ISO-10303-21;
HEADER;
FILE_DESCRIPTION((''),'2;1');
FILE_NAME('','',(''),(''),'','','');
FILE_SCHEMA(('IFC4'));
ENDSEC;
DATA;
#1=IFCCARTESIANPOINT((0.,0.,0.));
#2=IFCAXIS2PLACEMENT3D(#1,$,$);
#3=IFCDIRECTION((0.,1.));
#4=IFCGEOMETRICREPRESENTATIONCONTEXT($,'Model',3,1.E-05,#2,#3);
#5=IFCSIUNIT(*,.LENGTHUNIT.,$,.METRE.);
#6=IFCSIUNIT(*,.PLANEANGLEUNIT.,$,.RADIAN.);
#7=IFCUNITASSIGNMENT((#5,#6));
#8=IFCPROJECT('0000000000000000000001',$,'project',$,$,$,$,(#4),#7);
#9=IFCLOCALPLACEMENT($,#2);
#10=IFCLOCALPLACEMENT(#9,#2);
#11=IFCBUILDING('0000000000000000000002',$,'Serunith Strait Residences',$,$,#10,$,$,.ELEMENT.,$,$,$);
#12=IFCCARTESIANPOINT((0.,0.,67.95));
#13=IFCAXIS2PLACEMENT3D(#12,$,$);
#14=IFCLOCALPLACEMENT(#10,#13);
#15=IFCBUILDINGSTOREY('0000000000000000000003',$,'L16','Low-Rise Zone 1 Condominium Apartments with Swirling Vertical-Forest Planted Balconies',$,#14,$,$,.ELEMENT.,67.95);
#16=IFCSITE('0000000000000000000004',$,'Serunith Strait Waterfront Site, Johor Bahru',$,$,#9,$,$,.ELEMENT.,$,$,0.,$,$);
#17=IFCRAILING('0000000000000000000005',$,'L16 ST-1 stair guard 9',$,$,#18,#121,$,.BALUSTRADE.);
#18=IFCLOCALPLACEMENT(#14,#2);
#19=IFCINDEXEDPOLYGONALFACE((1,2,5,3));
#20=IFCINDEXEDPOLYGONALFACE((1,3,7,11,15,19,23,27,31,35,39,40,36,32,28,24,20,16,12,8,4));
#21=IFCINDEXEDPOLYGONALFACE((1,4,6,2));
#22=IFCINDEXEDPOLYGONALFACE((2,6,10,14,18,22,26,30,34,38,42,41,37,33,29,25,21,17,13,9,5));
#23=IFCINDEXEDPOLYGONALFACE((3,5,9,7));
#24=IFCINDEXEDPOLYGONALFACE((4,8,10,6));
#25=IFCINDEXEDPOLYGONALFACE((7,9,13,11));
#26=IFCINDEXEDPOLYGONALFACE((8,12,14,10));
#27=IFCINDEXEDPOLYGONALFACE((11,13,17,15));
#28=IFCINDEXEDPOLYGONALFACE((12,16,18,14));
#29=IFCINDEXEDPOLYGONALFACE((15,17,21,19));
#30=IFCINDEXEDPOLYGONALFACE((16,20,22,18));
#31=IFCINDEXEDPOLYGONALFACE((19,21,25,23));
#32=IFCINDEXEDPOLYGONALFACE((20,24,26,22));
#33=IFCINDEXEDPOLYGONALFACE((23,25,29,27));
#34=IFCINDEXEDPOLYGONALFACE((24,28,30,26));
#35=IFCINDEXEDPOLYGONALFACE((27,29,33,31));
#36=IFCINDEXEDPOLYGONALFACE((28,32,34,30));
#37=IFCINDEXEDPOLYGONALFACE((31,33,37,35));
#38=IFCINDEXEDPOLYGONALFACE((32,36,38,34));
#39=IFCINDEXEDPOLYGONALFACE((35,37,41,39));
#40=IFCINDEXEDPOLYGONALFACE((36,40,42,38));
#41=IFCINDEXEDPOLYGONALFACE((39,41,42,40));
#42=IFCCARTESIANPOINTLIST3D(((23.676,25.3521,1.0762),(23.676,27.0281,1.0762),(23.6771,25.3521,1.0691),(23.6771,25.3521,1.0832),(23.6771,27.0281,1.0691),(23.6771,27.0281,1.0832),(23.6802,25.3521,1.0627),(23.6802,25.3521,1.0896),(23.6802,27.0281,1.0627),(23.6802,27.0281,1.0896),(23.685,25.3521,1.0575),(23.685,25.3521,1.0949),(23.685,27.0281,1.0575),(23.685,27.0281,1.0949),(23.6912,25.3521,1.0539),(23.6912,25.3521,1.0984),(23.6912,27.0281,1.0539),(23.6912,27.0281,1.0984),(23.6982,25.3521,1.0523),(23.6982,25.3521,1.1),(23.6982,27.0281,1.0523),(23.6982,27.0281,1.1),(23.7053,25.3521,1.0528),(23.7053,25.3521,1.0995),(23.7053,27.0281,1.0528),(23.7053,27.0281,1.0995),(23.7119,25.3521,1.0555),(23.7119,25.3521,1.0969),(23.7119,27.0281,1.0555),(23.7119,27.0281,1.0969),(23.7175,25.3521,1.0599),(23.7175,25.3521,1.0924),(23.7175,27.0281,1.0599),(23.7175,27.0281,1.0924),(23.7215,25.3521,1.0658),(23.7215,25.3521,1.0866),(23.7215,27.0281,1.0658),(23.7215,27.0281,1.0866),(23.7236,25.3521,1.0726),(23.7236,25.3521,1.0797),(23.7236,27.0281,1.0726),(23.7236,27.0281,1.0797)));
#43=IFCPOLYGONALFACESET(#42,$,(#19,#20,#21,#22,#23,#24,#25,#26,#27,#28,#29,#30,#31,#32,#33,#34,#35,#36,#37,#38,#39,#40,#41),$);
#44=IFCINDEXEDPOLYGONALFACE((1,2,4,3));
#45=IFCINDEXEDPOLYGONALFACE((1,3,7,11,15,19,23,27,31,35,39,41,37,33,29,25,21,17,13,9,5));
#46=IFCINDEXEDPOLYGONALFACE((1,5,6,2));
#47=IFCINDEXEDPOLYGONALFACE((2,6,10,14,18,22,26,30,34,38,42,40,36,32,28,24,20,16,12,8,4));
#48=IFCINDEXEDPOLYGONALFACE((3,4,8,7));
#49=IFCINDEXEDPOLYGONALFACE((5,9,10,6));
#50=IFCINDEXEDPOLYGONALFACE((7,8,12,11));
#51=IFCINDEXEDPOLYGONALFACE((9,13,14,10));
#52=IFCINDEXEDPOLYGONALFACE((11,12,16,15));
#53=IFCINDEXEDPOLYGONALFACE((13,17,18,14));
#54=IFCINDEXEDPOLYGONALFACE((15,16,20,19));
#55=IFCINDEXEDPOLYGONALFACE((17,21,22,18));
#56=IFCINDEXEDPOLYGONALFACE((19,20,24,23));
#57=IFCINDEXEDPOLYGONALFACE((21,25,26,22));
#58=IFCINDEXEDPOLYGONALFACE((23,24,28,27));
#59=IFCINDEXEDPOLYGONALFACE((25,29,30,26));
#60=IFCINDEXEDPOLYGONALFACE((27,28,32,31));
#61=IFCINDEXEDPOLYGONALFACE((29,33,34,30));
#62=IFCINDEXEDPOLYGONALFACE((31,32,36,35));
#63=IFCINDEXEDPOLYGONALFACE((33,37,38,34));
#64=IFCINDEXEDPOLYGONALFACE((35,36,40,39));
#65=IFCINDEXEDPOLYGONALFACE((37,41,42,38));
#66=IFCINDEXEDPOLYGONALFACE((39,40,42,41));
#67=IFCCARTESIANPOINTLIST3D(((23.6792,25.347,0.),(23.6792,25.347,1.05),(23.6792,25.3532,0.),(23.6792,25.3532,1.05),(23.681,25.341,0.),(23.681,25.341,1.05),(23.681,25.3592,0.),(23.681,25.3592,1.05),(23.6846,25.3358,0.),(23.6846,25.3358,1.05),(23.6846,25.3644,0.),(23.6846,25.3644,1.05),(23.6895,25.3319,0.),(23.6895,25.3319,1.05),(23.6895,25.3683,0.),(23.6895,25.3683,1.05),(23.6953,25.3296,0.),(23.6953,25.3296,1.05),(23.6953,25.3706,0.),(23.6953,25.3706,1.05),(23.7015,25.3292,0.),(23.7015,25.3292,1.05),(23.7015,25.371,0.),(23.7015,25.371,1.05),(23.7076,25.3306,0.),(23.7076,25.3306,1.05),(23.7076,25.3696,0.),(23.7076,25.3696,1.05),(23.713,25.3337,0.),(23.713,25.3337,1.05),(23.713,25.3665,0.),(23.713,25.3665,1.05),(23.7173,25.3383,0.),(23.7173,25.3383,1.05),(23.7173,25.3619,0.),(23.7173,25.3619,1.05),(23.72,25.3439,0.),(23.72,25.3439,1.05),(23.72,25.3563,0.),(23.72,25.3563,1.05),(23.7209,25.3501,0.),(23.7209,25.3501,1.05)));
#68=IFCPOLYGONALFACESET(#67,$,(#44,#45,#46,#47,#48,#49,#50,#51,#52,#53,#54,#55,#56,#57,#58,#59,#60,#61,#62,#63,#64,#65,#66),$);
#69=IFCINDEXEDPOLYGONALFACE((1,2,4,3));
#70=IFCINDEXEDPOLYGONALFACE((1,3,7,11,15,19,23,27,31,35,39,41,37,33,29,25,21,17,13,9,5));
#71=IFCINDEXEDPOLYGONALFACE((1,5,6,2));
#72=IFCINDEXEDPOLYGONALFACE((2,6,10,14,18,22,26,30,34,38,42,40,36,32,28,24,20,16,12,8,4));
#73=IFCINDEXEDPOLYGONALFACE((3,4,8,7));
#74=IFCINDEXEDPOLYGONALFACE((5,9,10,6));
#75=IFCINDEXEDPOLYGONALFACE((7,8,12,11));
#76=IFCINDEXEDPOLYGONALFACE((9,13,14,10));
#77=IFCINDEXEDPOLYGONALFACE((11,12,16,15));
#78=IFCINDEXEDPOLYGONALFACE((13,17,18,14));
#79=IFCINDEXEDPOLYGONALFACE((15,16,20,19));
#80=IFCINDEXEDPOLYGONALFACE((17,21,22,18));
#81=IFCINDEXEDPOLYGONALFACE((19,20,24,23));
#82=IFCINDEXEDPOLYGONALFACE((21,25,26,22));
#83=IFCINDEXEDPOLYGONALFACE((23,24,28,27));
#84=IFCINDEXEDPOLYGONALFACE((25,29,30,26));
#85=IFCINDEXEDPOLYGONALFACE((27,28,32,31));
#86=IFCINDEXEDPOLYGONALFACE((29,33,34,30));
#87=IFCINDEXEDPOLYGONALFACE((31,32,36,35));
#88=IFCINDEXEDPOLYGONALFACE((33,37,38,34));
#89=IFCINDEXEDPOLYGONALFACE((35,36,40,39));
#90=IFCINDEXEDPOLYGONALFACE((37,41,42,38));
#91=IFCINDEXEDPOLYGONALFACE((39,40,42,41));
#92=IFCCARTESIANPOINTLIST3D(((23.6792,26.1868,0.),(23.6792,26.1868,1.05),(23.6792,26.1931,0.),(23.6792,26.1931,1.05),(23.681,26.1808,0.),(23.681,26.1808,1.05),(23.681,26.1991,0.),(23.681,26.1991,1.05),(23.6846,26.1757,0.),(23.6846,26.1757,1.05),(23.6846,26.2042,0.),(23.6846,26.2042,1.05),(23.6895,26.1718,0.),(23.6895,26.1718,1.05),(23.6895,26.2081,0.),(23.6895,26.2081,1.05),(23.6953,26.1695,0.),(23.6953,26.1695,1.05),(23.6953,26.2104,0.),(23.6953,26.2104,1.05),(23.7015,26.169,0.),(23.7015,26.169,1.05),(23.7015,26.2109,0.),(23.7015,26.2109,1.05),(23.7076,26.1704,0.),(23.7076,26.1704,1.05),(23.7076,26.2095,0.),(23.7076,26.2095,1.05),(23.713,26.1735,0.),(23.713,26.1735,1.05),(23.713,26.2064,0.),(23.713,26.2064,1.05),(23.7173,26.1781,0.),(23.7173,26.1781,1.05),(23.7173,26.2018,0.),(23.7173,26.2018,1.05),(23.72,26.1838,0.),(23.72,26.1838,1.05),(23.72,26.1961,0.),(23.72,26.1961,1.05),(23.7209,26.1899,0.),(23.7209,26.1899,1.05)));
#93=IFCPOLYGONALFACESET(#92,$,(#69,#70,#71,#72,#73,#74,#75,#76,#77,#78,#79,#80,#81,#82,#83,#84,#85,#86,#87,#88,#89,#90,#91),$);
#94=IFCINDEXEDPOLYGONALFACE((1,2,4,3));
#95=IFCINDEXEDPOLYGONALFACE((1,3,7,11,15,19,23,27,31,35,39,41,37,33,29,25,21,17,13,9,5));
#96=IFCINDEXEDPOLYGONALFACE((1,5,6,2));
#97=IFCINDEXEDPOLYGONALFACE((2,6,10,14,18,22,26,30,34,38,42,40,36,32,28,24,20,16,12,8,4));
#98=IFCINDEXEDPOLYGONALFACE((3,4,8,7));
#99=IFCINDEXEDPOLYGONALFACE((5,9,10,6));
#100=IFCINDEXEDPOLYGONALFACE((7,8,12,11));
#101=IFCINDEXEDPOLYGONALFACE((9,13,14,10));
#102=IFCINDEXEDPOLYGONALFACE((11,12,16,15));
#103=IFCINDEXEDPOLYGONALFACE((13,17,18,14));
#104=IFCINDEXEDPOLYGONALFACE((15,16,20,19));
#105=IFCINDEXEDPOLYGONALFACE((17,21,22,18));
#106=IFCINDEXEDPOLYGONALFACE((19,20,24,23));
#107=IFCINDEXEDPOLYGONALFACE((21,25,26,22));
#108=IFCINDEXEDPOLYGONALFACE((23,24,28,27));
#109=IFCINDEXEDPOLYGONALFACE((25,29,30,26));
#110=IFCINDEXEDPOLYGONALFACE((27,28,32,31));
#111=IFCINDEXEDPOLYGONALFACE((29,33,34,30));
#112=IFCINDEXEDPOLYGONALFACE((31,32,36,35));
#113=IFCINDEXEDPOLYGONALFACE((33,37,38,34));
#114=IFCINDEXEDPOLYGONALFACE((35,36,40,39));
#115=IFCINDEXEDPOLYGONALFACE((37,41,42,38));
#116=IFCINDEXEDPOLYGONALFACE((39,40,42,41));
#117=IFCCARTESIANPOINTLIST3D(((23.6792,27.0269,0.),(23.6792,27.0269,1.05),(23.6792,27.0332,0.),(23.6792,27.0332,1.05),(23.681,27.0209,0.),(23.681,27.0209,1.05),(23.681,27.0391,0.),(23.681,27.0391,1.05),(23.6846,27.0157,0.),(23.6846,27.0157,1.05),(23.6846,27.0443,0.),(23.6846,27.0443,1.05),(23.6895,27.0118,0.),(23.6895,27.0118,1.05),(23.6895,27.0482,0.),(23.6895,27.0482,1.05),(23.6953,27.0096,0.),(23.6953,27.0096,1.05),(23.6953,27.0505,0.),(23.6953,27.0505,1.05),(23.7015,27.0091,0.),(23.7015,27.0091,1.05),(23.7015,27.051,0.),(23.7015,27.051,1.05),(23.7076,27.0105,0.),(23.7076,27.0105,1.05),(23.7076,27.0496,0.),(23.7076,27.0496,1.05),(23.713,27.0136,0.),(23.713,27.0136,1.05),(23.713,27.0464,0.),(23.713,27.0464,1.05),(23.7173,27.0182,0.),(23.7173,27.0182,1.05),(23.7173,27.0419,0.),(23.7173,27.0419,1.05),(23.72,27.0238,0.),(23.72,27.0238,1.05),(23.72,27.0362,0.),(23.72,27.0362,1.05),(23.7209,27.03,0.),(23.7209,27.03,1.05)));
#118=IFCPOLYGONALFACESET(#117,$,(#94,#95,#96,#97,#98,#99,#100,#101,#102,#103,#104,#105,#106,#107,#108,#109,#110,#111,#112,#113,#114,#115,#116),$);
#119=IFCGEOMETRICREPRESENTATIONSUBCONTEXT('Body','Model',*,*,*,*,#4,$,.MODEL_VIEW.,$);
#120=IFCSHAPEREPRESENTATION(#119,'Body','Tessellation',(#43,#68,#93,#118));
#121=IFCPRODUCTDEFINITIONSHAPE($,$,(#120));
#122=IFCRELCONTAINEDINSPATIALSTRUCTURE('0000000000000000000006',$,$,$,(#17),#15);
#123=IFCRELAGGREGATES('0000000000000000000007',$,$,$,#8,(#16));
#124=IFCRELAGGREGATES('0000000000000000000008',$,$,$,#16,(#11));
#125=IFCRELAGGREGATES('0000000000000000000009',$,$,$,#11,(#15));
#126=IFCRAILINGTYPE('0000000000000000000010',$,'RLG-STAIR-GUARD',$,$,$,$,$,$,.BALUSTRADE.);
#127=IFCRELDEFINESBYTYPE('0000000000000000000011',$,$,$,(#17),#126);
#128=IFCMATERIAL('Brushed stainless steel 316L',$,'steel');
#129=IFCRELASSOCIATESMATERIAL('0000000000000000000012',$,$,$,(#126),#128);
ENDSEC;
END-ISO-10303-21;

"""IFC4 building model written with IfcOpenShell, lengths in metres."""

from ifc_helpers import new_model, si_unit, direction, frame, origin, origin_2d, place, context, subcontext, project, spatial, circle, extrude, material, type_object, element, save


model = new_model("IFC4")

# Units and contexts
model_context = context("Model", 3, precision=1e-05, world=origin(), true_north=direction((0.0, 1.0)))
body_context = subcontext(model_context, "Body", "Model", "MODEL_VIEW")
ifc_project = project(units=[si_unit("LENGTHUNIT", "METRE"), si_unit("PLANEANGLEUNIT", "RADIAN")], contexts=[model_context])

# Site, building, storey
site_placement = place(None, origin())
site = spatial("IfcSite", under=ifc_project, at=site_placement, Name="Serunith Strait Waterfront Site, Johor Bahru", CompositionType="ELEMENT", RefElevation=0.0)
building_placement = place(site_placement, origin())
building = spatial("IfcBuilding", under=site, at=building_placement, Name="Serunith Strait Residences", CompositionType="ELEMENT")
storey_placement = place(building_placement, frame((0.0, 0.0, 67.95)))
storey = spatial("IfcBuildingStorey", under=building, at=storey_placement, Name="L16", Description="Low-Rise Zone 1 Condominium Apartments with Swirling Vertical-Forest Planted Balconies", CompositionType="ELEMENT", Elevation=67.95)

# Railing
ifc_material_1 = material(Name="Brushed stainless steel 316L", Category="steel")
railing_type_1 = type_object("IfcRailingType", Name="RLG-STAIR-GUARD", PredefinedType="BALUSTRADE", material=ifc_material_1)
for number, where, name in (
    (1, (23.7, 25.3501, 0.0), "L16 ST-1 stair guard 9"),
):
    element("IfcRailing", number, at=place(storey_placement, frame(where)), inside=storey, type_object=railing_type_1, Name=name, PredefinedType="BALUSTRADE", context=body_context, shape_type="SweptSolid", body=[
        extrude(circle(Radius=0.0239, at=origin_2d()), frame((0.0, 0.002, 1.0762), z_axis=(0.0, 1.0, 0.0), x_axis=(-1.0, 0.0, 0.0)), (0.0, 0.0, 1.0), 1.676),
        extrude(circle(Radius=0.021, at=origin_2d()), origin(), (0.0, 0.0, 1.0), 1.05),
        extrude(circle(Radius=0.021, at=origin_2d()), frame((0.0, 0.8398, 0.0)), (0.0, 0.0, 1.0), 1.05),
        extrude(circle(Radius=0.021, at=origin_2d()), frame((0.0, 1.6799, 0.0)), (0.0, 0.0, 1.0), 1.05),
    ])

save(model, "model.ifc")
